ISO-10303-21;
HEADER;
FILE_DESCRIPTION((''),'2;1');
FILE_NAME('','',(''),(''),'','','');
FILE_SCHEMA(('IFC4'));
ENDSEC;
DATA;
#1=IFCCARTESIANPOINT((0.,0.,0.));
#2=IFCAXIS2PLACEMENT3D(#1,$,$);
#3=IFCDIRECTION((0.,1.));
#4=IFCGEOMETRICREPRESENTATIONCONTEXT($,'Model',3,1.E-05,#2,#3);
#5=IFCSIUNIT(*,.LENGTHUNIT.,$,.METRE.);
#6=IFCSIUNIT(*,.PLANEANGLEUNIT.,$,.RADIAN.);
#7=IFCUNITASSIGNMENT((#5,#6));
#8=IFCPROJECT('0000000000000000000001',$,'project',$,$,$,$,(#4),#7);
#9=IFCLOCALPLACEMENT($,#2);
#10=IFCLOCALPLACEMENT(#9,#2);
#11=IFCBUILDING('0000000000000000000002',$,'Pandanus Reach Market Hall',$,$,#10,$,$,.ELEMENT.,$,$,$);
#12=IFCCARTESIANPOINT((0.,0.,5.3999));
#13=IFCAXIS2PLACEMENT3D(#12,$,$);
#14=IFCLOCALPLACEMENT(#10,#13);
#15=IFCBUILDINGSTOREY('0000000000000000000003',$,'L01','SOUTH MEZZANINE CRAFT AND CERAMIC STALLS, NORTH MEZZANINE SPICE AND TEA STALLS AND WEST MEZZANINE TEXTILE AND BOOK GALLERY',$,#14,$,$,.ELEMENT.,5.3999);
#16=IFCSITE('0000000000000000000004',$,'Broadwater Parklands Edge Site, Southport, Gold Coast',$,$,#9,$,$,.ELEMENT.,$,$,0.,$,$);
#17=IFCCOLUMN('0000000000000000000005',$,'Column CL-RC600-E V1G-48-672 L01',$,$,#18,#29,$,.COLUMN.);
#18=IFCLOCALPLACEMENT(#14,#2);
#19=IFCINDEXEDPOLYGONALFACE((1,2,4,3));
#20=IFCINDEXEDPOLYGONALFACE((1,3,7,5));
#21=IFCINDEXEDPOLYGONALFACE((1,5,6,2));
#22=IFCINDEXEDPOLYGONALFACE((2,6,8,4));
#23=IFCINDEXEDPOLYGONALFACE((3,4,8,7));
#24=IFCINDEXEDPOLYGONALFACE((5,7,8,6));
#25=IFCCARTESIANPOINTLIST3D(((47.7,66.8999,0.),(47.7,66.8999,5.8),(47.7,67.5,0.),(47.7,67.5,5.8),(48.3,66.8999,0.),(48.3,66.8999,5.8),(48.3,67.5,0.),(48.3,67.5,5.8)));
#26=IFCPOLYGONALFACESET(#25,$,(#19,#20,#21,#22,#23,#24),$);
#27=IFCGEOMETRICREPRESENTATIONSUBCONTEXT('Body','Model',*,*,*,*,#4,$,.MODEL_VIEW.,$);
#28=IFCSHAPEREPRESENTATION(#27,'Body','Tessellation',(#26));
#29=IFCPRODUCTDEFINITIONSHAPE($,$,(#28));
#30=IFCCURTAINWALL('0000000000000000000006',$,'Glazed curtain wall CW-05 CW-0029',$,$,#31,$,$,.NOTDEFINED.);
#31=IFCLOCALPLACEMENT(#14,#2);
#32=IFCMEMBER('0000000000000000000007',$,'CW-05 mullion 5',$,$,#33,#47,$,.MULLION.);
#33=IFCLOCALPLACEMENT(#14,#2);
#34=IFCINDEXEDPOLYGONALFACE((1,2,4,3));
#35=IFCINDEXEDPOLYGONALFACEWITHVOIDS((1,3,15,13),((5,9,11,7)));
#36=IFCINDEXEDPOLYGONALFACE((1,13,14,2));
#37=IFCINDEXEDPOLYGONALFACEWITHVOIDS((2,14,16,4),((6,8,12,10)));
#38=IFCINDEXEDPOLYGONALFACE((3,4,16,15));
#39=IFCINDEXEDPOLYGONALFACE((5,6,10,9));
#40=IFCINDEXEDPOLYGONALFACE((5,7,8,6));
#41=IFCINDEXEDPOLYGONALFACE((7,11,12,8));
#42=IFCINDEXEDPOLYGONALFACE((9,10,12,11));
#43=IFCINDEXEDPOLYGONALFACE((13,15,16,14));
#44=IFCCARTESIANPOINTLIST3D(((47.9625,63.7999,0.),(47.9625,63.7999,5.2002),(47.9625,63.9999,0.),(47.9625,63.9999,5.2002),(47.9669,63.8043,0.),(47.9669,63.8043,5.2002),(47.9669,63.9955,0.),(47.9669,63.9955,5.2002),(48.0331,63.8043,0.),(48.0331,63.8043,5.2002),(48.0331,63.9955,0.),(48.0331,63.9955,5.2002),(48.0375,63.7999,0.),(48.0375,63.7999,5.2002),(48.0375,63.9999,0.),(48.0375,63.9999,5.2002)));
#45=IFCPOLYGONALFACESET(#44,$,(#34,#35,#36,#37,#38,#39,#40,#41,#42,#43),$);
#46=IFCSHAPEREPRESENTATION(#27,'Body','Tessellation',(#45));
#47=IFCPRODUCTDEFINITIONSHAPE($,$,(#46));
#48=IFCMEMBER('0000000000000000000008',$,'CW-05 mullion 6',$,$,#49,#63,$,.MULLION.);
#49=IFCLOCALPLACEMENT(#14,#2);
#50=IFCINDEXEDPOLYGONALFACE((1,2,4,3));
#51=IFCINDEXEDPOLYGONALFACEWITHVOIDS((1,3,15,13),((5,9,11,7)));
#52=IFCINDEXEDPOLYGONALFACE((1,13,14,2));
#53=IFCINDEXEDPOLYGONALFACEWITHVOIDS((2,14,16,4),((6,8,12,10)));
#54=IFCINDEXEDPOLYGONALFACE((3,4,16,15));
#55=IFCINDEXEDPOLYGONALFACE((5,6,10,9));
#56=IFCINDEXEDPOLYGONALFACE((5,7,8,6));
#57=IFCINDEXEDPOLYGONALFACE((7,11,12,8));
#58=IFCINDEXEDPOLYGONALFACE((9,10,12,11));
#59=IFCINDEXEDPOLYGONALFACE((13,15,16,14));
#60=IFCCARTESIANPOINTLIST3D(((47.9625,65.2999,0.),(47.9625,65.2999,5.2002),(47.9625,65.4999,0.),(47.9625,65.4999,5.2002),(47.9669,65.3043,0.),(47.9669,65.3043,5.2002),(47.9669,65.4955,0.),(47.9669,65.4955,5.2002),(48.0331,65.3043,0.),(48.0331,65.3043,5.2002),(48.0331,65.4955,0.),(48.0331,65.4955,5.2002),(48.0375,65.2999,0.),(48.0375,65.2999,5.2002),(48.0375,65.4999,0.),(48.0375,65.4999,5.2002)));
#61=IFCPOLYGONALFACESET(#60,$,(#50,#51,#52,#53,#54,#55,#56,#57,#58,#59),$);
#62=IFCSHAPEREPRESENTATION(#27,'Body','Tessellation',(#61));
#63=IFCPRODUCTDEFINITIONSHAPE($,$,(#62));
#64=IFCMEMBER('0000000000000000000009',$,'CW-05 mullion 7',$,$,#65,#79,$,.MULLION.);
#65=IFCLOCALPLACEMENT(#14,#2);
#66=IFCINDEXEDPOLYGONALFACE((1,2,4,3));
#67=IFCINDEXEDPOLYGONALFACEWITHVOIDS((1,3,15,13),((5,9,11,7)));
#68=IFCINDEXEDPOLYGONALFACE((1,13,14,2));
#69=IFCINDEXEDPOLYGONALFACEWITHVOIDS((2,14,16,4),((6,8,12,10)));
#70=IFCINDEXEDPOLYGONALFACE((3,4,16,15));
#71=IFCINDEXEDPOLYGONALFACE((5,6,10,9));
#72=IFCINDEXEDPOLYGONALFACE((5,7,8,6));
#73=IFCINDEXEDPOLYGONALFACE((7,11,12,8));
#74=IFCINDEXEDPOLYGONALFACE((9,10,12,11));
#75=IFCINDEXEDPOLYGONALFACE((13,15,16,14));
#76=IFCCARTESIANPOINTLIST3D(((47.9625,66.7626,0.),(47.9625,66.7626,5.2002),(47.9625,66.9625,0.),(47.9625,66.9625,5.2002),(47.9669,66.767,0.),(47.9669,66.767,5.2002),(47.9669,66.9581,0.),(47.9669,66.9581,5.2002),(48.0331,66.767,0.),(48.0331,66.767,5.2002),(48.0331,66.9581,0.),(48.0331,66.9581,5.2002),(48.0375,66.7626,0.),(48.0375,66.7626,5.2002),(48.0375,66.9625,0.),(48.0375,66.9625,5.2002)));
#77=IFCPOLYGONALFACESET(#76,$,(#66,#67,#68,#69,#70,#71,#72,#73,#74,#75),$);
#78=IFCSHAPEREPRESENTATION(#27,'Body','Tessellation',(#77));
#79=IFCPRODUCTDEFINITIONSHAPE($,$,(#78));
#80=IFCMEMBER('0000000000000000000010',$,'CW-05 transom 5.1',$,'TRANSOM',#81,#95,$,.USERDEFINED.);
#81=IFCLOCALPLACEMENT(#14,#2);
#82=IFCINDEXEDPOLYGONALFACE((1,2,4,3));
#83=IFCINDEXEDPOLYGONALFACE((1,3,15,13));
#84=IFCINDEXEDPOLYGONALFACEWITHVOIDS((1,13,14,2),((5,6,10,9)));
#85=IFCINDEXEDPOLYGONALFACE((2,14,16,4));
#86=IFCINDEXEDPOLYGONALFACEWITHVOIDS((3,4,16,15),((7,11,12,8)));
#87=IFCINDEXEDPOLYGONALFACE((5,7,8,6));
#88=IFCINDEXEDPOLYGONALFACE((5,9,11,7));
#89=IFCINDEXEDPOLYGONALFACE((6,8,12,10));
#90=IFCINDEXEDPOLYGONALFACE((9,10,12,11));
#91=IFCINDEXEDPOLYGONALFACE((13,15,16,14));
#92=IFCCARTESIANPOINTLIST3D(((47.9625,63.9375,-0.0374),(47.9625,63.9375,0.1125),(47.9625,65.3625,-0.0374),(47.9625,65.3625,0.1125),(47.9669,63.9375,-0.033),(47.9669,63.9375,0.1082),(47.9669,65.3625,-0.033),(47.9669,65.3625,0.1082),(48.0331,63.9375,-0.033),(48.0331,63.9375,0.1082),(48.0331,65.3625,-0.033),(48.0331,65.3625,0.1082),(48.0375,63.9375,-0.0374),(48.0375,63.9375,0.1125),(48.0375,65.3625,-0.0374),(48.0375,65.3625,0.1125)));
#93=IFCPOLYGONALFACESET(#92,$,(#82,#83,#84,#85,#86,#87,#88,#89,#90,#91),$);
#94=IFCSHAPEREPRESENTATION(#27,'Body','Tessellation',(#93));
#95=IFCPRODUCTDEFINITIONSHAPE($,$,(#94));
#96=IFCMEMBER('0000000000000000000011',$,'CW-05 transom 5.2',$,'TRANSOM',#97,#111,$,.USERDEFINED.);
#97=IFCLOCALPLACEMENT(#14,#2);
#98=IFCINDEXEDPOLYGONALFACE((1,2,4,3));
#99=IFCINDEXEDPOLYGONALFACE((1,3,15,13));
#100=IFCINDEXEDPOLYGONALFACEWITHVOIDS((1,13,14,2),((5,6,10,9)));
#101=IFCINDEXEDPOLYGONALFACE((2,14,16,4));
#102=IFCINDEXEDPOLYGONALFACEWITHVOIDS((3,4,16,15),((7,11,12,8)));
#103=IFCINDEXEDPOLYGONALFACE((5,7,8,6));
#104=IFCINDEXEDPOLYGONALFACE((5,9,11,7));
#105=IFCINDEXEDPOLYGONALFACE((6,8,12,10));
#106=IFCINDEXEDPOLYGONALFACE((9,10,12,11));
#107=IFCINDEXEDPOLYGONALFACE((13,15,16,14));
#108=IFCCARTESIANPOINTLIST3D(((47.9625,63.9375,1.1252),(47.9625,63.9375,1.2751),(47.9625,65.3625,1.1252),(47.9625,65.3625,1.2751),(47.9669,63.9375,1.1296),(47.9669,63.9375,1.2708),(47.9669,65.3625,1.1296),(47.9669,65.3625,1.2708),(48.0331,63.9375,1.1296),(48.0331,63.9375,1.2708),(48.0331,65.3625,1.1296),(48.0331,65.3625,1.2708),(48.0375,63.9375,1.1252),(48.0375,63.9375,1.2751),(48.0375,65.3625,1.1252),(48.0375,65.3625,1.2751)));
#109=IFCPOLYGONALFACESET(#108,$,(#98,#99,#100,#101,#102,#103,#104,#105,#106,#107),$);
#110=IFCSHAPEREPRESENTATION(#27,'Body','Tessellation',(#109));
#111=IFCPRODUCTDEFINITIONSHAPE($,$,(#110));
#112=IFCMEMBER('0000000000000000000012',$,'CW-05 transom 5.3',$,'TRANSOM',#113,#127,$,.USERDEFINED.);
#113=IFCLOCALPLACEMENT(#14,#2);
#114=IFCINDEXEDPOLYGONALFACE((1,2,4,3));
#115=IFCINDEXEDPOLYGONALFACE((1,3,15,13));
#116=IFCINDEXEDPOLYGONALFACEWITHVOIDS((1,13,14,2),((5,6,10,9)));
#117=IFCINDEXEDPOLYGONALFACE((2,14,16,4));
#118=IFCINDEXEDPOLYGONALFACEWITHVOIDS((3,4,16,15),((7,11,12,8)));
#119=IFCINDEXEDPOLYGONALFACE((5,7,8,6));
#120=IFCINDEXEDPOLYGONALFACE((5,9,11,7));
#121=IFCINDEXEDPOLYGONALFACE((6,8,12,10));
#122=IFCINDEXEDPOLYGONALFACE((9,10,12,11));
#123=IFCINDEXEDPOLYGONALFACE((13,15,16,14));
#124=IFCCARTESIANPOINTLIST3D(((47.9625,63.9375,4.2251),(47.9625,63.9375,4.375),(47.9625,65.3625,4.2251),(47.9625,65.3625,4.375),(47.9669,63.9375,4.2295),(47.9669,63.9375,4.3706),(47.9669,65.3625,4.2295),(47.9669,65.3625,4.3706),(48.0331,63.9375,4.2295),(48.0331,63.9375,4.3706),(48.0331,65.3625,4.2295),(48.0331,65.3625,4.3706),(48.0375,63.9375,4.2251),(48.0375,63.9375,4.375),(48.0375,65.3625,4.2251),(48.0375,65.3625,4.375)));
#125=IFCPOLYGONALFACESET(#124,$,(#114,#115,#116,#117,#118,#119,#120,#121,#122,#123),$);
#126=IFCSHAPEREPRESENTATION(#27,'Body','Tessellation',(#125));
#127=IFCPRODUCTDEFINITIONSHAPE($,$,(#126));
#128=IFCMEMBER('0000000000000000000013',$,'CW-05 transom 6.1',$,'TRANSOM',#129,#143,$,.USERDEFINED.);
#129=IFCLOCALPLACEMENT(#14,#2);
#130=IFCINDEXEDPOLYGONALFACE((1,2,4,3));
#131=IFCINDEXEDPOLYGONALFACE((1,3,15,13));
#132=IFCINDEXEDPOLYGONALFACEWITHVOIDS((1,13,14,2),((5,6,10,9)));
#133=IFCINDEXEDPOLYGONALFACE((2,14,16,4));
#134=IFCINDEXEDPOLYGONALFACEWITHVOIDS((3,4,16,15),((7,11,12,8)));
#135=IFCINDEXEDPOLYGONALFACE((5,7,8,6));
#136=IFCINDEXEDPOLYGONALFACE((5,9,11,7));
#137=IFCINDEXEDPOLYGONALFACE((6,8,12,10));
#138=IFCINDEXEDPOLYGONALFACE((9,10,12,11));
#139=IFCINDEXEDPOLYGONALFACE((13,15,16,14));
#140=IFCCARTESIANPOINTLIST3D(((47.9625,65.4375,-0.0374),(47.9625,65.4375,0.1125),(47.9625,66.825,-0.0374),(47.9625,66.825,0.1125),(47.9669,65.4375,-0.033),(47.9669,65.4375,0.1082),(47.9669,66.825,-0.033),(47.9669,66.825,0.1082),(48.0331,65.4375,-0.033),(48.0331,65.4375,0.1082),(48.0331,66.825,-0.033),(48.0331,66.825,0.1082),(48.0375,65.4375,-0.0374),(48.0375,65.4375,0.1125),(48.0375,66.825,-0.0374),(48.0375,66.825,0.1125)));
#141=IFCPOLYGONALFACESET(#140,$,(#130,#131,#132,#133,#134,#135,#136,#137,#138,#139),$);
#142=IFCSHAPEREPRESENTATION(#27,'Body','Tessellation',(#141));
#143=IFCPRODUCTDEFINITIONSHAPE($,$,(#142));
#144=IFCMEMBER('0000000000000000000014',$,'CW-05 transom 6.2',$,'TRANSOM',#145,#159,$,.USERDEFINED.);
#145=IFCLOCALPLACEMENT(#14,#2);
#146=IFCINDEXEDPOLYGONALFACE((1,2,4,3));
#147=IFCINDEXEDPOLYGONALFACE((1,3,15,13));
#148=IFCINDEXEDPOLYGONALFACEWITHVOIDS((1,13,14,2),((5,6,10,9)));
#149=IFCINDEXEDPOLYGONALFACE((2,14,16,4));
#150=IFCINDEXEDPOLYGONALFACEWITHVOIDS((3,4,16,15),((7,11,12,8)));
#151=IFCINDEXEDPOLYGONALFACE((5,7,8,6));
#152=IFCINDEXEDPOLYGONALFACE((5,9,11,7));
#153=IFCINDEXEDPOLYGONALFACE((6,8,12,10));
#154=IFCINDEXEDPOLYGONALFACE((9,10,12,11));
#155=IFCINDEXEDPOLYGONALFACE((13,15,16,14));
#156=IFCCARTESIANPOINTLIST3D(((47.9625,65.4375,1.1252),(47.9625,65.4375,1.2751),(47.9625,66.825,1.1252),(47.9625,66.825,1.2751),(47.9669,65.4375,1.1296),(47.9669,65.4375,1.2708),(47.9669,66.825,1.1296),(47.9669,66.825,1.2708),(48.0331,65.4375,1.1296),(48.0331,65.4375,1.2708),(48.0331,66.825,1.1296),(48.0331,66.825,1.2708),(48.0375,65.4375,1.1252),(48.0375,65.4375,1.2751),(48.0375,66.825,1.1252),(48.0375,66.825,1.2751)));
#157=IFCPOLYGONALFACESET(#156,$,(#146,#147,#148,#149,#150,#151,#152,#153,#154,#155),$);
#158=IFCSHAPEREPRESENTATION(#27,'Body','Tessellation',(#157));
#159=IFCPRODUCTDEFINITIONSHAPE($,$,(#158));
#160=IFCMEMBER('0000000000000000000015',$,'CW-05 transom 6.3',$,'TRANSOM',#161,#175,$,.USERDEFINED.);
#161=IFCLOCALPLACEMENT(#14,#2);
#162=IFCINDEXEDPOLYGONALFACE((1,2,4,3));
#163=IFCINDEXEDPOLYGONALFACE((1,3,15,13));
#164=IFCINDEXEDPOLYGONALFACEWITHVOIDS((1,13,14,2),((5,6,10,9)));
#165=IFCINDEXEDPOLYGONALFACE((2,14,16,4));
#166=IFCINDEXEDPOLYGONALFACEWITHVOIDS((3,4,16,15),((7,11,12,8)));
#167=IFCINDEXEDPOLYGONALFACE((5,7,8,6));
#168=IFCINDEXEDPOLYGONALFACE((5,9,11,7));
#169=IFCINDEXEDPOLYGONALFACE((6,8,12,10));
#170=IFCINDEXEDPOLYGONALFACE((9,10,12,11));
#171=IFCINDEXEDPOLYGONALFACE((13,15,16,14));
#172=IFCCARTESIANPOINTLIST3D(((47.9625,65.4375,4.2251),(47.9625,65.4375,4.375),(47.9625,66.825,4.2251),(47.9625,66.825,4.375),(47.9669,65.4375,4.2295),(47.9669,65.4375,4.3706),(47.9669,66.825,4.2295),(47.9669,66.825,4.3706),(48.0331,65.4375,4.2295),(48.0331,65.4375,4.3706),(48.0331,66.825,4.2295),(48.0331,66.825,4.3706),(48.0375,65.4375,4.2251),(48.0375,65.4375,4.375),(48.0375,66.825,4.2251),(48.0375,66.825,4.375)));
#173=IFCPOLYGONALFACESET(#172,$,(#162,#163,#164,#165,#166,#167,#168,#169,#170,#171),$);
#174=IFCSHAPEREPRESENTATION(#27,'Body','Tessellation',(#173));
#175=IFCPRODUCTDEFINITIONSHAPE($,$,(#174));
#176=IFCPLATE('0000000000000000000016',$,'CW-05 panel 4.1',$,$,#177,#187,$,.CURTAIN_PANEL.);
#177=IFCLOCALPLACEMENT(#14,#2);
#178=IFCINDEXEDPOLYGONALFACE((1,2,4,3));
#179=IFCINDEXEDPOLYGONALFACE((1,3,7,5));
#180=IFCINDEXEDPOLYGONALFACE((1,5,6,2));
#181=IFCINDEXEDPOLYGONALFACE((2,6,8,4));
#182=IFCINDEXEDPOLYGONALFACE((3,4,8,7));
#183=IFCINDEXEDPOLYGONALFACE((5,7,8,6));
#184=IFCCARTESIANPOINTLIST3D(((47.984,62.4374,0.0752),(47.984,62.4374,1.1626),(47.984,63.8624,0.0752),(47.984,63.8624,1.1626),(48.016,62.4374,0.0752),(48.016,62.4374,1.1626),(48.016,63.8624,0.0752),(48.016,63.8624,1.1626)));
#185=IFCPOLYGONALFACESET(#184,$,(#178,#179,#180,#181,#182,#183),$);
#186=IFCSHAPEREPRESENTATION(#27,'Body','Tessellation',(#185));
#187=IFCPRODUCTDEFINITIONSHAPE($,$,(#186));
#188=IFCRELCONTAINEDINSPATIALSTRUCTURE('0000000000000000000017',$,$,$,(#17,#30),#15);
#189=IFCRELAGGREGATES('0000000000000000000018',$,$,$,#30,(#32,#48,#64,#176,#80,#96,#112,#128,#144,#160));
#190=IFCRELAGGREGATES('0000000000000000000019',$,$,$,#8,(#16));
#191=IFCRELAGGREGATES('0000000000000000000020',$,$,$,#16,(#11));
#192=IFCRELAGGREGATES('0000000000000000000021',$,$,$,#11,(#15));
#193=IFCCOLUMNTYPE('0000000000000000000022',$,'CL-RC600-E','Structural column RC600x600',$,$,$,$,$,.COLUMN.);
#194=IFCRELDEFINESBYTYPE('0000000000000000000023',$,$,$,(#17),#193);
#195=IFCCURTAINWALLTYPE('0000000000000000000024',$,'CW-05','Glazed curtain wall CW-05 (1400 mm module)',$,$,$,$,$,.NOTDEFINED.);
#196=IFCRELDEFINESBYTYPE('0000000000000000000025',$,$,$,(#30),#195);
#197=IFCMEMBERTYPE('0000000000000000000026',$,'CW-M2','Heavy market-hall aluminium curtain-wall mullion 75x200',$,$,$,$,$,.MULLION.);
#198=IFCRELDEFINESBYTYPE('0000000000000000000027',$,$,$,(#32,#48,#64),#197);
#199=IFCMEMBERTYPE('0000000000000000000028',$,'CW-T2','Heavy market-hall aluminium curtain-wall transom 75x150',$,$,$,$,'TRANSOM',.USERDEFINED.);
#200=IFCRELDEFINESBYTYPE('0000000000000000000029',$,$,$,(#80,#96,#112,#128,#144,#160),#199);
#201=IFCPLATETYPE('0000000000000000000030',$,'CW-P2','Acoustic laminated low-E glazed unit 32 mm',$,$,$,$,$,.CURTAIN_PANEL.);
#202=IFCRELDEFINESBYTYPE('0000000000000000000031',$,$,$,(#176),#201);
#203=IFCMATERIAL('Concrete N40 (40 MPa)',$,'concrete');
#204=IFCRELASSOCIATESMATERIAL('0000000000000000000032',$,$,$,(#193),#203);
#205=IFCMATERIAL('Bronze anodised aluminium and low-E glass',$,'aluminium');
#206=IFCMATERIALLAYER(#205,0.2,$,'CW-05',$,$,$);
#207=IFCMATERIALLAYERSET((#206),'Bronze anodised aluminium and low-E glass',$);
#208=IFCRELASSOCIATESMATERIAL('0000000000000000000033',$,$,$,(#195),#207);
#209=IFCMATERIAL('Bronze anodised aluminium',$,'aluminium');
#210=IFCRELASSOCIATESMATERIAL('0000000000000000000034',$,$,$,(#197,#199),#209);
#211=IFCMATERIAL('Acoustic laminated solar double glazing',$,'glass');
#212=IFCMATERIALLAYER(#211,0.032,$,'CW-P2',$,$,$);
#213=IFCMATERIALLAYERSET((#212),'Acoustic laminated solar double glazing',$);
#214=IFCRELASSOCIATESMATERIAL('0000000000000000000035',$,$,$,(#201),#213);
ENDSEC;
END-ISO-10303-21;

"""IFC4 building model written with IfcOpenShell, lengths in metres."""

from ifc_helpers import new_model, si_unit, direction, frame, origin, origin_2d, place, context, subcontext, project, spatial, rectangle, hollow_rectangle, extrude, material, layer, layer_set, material_profile, profile_set, type_object, element, aggregate, save


model = new_model("IFC4")

# Units and contexts
model_context = context("Model", 3, precision=1e-05, world=origin(), true_north=direction((0.0, 1.0)))
body_context = subcontext(model_context, "Body", "Model", "MODEL_VIEW")
ifc_project = project(units=[si_unit("LENGTHUNIT", "METRE"), si_unit("PLANEANGLEUNIT", "RADIAN")], contexts=[model_context])

# Site, building, storey
site_placement = place(None, origin())
site = spatial("IfcSite", under=ifc_project, at=site_placement, Name="Broadwater Parklands Edge Site, Southport, Gold Coast", CompositionType="ELEMENT", RefElevation=0.0)
building_placement = place(site_placement, origin())
building = spatial("IfcBuilding", under=site, at=building_placement, Name="Pandanus Reach Market Hall", CompositionType="ELEMENT")
storey_placement = place(building_placement, frame((0.0, 0.0, 5.3999)))
storey = spatial("IfcBuildingStorey", under=building, at=storey_placement, Name="L01", Description="SOUTH MEZZANINE CRAFT AND CERAMIC STALLS, NORTH MEZZANINE SPICE AND TEA STALLS AND WEST MEZZANINE TEXTILE AND BOOK GALLERY", CompositionType="ELEMENT", Elevation=5.3999)

# Column
ifc_material_1 = material(Name="Concrete N40 (40 MPa)", Category="concrete")
ifc_material_profile_1 = material_profile(ifc_material_1, rectangle(XDim=0.6001, YDim=0.6001, at=origin_2d()), Name="RC600x600", Category="LoadBearing")
ifc_profile_set_1 = profile_set([ifc_material_profile_1], Name="Concrete N40 (40 MPa)")
column_type = type_object("IfcColumnType", Name="CL-RC600-E", Description="Structural column RC600x600", PredefinedType="COLUMN", material=ifc_profile_set_1)
column_placement = place(storey_placement, frame((48.0, 67.2, 0.0), z_axis=(0.0, 0.0, 1.0), x_axis=(1.0, 0.0, 0.0)))
element("IfcColumn", 1, at=column_placement, inside=storey, type_object=column_type, Name="Column CL-RC600-E V1G-48-672 L01", PredefinedType="COLUMN", context=body_context, shape_type="SweptSolid", body=[
    extrude(rectangle(XDim=0.6001, YDim=0.6001, at=origin_2d()), origin(), (0.0, 0.0, 1.0), 5.8),
])

# Curtain wall, members, plate
ifc_material_2 = material(Name="Bronze anodised aluminium and low-E glass", Category="aluminium")
ifc_layer_1 = layer(ifc_material_2, 0.2, Name="CW-05")
ifc_layer_set_1 = layer_set([ifc_layer_1], Name="Bronze anodised aluminium and low-E glass")
curtain_wall_type = type_object("IfcCurtainWallType", Name="CW-05", Description="Glazed curtain wall CW-05 (1400 mm module)", PredefinedType="NOTDEFINED", material=ifc_layer_set_1)
curtain_wall_placement = place(storey_placement, origin())
curtain_wall = element("IfcCurtainWall", 2, at=curtain_wall_placement, inside=storey, type_object=curtain_wall_type, Name="Glazed curtain wall CW-05 CW-0029", PredefinedType="NOTDEFINED")
ifc_material_3 = material(Name="Bronze anodised aluminium", Category="aluminium")
ifc_material_profile_2 = material_profile(ifc_material_3, hollow_rectangle(XDim=0.075, YDim=0.2, WallThickness=0.0044, at=origin_2d()), Name="ALU75x200", Category="LoadBearing")
ifc_profile_set_2 = profile_set([ifc_material_profile_2], Name="Bronze anodised aluminium")
member_type_1 = type_object("IfcMemberType", Name="CW-M2", Description="Heavy market-hall aluminium curtain-wall mullion 75x200", PredefinedType="MULLION", material=ifc_profile_set_2)
member_1_placement = place(storey_placement, frame((48.0, 63.8999, 0.0), z_axis=(0.0, 0.0, 1.0), x_axis=(-1.0, 0.0, 0.0)))
member_1 = element("IfcMember", 3, at=member_1_placement, type_object=member_type_1, Name="CW-05 mullion 5", PredefinedType="MULLION", context=body_context, shape_type="SweptSolid", body=[
    extrude(hollow_rectangle(XDim=0.075, YDim=0.2, WallThickness=0.0044, at=origin_2d()), origin(), (0.0, 0.0, 1.0), 5.2002),
])
member_2_placement = place(storey_placement, frame((48.0, 65.3999, 0.0), z_axis=(0.0, 0.0, 1.0), x_axis=(-1.0, 0.0, 0.0)))
member_2 = element("IfcMember", 4, at=member_2_placement, type_object=member_type_1, Name="CW-05 mullion 6", PredefinedType="MULLION", context=body_context, shape_type="SweptSolid", body=[
    extrude(hollow_rectangle(XDim=0.075, YDim=0.2, WallThickness=0.0044, at=origin_2d()), origin(), (0.0, 0.0, 1.0), 5.2002),
])
member_3_placement = place(storey_placement, frame((48.0, 66.8625, 0.0), z_axis=(0.0, 0.0, 1.0), x_axis=(-1.0, 0.0, 0.0)))
member_3 = element("IfcMember", 5, at=member_3_placement, type_object=member_type_1, Name="CW-05 mullion 7", PredefinedType="MULLION", context=body_context, shape_type="SweptSolid", body=[
    extrude(hollow_rectangle(XDim=0.075, YDim=0.2, WallThickness=0.0044, at=origin_2d()), origin(), (0.0, 0.0, 1.0), 5.2002),
])
ifc_material_profile_3 = material_profile(ifc_material_3, hollow_rectangle(XDim=0.075, YDim=0.1499, WallThickness=0.0044, at=origin_2d()), Name="ALU75x150", Category="LoadBearing")
ifc_profile_set_3 = profile_set([ifc_material_profile_3], Name="Bronze anodised aluminium")
member_type_2 = type_object("IfcMemberType", Name="CW-T2", Description="Heavy market-hall aluminium curtain-wall transom 75x150", ElementType="TRANSOM", PredefinedType="USERDEFINED", material=ifc_profile_set_3)
member_4_placement = place(storey_placement, frame((48.0, 63.9375, 0.0376), z_axis=(0.0, 1.0, 0.0), x_axis=(-1.0, 0.0, 0.0)))
member_4 = element("IfcMember", 6, at=member_4_placement, type_object=member_type_2, Name="CW-05 transom 5.1", ObjectType="TRANSOM", PredefinedType="USERDEFINED", context=body_context, shape_type="SweptSolid", body=[
    extrude(hollow_rectangle(XDim=0.075, YDim=0.1499, WallThickness=0.0044, at=origin_2d()), origin(), (0.0, 0.0, 1.0), 1.425),
])
member_5_placement = place(storey_placement, frame((48.0, 63.9375, 1.2002), z_axis=(0.0, 1.0, 0.0), x_axis=(-1.0, 0.0, 0.0)))
member_5 = element("IfcMember", 7, at=member_5_placement, type_object=member_type_2, Name="CW-05 transom 5.2", ObjectType="TRANSOM", PredefinedType="USERDEFINED", context=body_context, shape_type="SweptSolid", body=[
    extrude(hollow_rectangle(XDim=0.075, YDim=0.1499, WallThickness=0.0044, at=origin_2d()), origin(), (0.0, 0.0, 1.0), 1.425),
])
member_6_placement = place(storey_placement, frame((48.0, 63.9375, 4.3), z_axis=(0.0, 1.0, 0.0), x_axis=(-1.0, 0.0, 0.0)))
member_6 = element("IfcMember", 8, at=member_6_placement, type_object=member_type_2, Name="CW-05 transom 5.3", ObjectType="TRANSOM", PredefinedType="USERDEFINED", context=body_context, shape_type="SweptSolid", body=[
    extrude(hollow_rectangle(XDim=0.075, YDim=0.1499, WallThickness=0.0044, at=origin_2d()), origin(), (0.0, 0.0, 1.0), 1.425),
])
member_7_placement = place(storey_placement, frame((48.0, 65.4375, 0.0376), z_axis=(0.0, 1.0, 0.0), x_axis=(-1.0, 0.0, 0.0)))
member_7 = element("IfcMember", 9, at=member_7_placement, type_object=member_type_2, Name="CW-05 transom 6.1", ObjectType="TRANSOM", PredefinedType="USERDEFINED", context=body_context, shape_type="SweptSolid", body=[
    extrude(hollow_rectangle(XDim=0.075, YDim=0.1499, WallThickness=0.0044, at=origin_2d()), origin(), (0.0, 0.0, 1.0), 1.3875),
])
member_8_placement = place(storey_placement, frame((48.0, 65.4375, 1.2002), z_axis=(0.0, 1.0, 0.0), x_axis=(-1.0, 0.0, 0.0)))
member_8 = element("IfcMember", 10, at=member_8_placement, type_object=member_type_2, Name="CW-05 transom 6.2", ObjectType="TRANSOM", PredefinedType="USERDEFINED", context=body_context, shape_type="SweptSolid", body=[
    extrude(hollow_rectangle(XDim=0.075, YDim=0.1499, WallThickness=0.0044, at=origin_2d()), origin(), (0.0, 0.0, 1.0), 1.3875),
])
member_9_placement = place(storey_placement, frame((48.0, 65.4375, 4.3), z_axis=(0.0, 1.0, 0.0), x_axis=(-1.0, 0.0, 0.0)))
member_9 = element("IfcMember", 11, at=member_9_placement, type_object=member_type_2, Name="CW-05 transom 6.3", ObjectType="TRANSOM", PredefinedType="USERDEFINED", context=body_context, shape_type="SweptSolid", body=[
    extrude(hollow_rectangle(XDim=0.075, YDim=0.1499, WallThickness=0.0044, at=origin_2d()), origin(), (0.0, 0.0, 1.0), 1.3875),
])
ifc_material_4 = material(Name="Acoustic laminated solar double glazing", Category="glass")
ifc_layer_2 = layer(ifc_material_4, 0.032, Name="CW-P2")
ifc_layer_set_2 = layer_set([ifc_layer_2], Name="Acoustic laminated solar double glazing")
plate_type = type_object("IfcPlateType", Name="CW-P2", Description="Acoustic laminated low-E glazed unit 32 mm", PredefinedType="CURTAIN_PANEL", material=ifc_layer_set_2)
plate_1_placement = place(storey_placement, frame((48.0, 63.1499, 0.0752), z_axis=(0.0, 0.0, 1.0), x_axis=(0.0, 1.0, 0.0)))
plate_1 = element("IfcPlate", 12, at=plate_1_placement, type_object=plate_type, Name="CW-05 panel 4.1", PredefinedType="CURTAIN_PANEL", context=body_context, shape_type="SweptSolid", body=[
    extrude(rectangle(XDim=1.425, YDim=0.032, at=origin_2d()), origin(), (0.0, 0.0, 1.0), 1.0874),
])
aggregate(curtain_wall, [member_1, member_2, member_3, plate_1, member_4, member_5, member_6, member_7, member_8, member_9])

save(model, "model.ifc")
